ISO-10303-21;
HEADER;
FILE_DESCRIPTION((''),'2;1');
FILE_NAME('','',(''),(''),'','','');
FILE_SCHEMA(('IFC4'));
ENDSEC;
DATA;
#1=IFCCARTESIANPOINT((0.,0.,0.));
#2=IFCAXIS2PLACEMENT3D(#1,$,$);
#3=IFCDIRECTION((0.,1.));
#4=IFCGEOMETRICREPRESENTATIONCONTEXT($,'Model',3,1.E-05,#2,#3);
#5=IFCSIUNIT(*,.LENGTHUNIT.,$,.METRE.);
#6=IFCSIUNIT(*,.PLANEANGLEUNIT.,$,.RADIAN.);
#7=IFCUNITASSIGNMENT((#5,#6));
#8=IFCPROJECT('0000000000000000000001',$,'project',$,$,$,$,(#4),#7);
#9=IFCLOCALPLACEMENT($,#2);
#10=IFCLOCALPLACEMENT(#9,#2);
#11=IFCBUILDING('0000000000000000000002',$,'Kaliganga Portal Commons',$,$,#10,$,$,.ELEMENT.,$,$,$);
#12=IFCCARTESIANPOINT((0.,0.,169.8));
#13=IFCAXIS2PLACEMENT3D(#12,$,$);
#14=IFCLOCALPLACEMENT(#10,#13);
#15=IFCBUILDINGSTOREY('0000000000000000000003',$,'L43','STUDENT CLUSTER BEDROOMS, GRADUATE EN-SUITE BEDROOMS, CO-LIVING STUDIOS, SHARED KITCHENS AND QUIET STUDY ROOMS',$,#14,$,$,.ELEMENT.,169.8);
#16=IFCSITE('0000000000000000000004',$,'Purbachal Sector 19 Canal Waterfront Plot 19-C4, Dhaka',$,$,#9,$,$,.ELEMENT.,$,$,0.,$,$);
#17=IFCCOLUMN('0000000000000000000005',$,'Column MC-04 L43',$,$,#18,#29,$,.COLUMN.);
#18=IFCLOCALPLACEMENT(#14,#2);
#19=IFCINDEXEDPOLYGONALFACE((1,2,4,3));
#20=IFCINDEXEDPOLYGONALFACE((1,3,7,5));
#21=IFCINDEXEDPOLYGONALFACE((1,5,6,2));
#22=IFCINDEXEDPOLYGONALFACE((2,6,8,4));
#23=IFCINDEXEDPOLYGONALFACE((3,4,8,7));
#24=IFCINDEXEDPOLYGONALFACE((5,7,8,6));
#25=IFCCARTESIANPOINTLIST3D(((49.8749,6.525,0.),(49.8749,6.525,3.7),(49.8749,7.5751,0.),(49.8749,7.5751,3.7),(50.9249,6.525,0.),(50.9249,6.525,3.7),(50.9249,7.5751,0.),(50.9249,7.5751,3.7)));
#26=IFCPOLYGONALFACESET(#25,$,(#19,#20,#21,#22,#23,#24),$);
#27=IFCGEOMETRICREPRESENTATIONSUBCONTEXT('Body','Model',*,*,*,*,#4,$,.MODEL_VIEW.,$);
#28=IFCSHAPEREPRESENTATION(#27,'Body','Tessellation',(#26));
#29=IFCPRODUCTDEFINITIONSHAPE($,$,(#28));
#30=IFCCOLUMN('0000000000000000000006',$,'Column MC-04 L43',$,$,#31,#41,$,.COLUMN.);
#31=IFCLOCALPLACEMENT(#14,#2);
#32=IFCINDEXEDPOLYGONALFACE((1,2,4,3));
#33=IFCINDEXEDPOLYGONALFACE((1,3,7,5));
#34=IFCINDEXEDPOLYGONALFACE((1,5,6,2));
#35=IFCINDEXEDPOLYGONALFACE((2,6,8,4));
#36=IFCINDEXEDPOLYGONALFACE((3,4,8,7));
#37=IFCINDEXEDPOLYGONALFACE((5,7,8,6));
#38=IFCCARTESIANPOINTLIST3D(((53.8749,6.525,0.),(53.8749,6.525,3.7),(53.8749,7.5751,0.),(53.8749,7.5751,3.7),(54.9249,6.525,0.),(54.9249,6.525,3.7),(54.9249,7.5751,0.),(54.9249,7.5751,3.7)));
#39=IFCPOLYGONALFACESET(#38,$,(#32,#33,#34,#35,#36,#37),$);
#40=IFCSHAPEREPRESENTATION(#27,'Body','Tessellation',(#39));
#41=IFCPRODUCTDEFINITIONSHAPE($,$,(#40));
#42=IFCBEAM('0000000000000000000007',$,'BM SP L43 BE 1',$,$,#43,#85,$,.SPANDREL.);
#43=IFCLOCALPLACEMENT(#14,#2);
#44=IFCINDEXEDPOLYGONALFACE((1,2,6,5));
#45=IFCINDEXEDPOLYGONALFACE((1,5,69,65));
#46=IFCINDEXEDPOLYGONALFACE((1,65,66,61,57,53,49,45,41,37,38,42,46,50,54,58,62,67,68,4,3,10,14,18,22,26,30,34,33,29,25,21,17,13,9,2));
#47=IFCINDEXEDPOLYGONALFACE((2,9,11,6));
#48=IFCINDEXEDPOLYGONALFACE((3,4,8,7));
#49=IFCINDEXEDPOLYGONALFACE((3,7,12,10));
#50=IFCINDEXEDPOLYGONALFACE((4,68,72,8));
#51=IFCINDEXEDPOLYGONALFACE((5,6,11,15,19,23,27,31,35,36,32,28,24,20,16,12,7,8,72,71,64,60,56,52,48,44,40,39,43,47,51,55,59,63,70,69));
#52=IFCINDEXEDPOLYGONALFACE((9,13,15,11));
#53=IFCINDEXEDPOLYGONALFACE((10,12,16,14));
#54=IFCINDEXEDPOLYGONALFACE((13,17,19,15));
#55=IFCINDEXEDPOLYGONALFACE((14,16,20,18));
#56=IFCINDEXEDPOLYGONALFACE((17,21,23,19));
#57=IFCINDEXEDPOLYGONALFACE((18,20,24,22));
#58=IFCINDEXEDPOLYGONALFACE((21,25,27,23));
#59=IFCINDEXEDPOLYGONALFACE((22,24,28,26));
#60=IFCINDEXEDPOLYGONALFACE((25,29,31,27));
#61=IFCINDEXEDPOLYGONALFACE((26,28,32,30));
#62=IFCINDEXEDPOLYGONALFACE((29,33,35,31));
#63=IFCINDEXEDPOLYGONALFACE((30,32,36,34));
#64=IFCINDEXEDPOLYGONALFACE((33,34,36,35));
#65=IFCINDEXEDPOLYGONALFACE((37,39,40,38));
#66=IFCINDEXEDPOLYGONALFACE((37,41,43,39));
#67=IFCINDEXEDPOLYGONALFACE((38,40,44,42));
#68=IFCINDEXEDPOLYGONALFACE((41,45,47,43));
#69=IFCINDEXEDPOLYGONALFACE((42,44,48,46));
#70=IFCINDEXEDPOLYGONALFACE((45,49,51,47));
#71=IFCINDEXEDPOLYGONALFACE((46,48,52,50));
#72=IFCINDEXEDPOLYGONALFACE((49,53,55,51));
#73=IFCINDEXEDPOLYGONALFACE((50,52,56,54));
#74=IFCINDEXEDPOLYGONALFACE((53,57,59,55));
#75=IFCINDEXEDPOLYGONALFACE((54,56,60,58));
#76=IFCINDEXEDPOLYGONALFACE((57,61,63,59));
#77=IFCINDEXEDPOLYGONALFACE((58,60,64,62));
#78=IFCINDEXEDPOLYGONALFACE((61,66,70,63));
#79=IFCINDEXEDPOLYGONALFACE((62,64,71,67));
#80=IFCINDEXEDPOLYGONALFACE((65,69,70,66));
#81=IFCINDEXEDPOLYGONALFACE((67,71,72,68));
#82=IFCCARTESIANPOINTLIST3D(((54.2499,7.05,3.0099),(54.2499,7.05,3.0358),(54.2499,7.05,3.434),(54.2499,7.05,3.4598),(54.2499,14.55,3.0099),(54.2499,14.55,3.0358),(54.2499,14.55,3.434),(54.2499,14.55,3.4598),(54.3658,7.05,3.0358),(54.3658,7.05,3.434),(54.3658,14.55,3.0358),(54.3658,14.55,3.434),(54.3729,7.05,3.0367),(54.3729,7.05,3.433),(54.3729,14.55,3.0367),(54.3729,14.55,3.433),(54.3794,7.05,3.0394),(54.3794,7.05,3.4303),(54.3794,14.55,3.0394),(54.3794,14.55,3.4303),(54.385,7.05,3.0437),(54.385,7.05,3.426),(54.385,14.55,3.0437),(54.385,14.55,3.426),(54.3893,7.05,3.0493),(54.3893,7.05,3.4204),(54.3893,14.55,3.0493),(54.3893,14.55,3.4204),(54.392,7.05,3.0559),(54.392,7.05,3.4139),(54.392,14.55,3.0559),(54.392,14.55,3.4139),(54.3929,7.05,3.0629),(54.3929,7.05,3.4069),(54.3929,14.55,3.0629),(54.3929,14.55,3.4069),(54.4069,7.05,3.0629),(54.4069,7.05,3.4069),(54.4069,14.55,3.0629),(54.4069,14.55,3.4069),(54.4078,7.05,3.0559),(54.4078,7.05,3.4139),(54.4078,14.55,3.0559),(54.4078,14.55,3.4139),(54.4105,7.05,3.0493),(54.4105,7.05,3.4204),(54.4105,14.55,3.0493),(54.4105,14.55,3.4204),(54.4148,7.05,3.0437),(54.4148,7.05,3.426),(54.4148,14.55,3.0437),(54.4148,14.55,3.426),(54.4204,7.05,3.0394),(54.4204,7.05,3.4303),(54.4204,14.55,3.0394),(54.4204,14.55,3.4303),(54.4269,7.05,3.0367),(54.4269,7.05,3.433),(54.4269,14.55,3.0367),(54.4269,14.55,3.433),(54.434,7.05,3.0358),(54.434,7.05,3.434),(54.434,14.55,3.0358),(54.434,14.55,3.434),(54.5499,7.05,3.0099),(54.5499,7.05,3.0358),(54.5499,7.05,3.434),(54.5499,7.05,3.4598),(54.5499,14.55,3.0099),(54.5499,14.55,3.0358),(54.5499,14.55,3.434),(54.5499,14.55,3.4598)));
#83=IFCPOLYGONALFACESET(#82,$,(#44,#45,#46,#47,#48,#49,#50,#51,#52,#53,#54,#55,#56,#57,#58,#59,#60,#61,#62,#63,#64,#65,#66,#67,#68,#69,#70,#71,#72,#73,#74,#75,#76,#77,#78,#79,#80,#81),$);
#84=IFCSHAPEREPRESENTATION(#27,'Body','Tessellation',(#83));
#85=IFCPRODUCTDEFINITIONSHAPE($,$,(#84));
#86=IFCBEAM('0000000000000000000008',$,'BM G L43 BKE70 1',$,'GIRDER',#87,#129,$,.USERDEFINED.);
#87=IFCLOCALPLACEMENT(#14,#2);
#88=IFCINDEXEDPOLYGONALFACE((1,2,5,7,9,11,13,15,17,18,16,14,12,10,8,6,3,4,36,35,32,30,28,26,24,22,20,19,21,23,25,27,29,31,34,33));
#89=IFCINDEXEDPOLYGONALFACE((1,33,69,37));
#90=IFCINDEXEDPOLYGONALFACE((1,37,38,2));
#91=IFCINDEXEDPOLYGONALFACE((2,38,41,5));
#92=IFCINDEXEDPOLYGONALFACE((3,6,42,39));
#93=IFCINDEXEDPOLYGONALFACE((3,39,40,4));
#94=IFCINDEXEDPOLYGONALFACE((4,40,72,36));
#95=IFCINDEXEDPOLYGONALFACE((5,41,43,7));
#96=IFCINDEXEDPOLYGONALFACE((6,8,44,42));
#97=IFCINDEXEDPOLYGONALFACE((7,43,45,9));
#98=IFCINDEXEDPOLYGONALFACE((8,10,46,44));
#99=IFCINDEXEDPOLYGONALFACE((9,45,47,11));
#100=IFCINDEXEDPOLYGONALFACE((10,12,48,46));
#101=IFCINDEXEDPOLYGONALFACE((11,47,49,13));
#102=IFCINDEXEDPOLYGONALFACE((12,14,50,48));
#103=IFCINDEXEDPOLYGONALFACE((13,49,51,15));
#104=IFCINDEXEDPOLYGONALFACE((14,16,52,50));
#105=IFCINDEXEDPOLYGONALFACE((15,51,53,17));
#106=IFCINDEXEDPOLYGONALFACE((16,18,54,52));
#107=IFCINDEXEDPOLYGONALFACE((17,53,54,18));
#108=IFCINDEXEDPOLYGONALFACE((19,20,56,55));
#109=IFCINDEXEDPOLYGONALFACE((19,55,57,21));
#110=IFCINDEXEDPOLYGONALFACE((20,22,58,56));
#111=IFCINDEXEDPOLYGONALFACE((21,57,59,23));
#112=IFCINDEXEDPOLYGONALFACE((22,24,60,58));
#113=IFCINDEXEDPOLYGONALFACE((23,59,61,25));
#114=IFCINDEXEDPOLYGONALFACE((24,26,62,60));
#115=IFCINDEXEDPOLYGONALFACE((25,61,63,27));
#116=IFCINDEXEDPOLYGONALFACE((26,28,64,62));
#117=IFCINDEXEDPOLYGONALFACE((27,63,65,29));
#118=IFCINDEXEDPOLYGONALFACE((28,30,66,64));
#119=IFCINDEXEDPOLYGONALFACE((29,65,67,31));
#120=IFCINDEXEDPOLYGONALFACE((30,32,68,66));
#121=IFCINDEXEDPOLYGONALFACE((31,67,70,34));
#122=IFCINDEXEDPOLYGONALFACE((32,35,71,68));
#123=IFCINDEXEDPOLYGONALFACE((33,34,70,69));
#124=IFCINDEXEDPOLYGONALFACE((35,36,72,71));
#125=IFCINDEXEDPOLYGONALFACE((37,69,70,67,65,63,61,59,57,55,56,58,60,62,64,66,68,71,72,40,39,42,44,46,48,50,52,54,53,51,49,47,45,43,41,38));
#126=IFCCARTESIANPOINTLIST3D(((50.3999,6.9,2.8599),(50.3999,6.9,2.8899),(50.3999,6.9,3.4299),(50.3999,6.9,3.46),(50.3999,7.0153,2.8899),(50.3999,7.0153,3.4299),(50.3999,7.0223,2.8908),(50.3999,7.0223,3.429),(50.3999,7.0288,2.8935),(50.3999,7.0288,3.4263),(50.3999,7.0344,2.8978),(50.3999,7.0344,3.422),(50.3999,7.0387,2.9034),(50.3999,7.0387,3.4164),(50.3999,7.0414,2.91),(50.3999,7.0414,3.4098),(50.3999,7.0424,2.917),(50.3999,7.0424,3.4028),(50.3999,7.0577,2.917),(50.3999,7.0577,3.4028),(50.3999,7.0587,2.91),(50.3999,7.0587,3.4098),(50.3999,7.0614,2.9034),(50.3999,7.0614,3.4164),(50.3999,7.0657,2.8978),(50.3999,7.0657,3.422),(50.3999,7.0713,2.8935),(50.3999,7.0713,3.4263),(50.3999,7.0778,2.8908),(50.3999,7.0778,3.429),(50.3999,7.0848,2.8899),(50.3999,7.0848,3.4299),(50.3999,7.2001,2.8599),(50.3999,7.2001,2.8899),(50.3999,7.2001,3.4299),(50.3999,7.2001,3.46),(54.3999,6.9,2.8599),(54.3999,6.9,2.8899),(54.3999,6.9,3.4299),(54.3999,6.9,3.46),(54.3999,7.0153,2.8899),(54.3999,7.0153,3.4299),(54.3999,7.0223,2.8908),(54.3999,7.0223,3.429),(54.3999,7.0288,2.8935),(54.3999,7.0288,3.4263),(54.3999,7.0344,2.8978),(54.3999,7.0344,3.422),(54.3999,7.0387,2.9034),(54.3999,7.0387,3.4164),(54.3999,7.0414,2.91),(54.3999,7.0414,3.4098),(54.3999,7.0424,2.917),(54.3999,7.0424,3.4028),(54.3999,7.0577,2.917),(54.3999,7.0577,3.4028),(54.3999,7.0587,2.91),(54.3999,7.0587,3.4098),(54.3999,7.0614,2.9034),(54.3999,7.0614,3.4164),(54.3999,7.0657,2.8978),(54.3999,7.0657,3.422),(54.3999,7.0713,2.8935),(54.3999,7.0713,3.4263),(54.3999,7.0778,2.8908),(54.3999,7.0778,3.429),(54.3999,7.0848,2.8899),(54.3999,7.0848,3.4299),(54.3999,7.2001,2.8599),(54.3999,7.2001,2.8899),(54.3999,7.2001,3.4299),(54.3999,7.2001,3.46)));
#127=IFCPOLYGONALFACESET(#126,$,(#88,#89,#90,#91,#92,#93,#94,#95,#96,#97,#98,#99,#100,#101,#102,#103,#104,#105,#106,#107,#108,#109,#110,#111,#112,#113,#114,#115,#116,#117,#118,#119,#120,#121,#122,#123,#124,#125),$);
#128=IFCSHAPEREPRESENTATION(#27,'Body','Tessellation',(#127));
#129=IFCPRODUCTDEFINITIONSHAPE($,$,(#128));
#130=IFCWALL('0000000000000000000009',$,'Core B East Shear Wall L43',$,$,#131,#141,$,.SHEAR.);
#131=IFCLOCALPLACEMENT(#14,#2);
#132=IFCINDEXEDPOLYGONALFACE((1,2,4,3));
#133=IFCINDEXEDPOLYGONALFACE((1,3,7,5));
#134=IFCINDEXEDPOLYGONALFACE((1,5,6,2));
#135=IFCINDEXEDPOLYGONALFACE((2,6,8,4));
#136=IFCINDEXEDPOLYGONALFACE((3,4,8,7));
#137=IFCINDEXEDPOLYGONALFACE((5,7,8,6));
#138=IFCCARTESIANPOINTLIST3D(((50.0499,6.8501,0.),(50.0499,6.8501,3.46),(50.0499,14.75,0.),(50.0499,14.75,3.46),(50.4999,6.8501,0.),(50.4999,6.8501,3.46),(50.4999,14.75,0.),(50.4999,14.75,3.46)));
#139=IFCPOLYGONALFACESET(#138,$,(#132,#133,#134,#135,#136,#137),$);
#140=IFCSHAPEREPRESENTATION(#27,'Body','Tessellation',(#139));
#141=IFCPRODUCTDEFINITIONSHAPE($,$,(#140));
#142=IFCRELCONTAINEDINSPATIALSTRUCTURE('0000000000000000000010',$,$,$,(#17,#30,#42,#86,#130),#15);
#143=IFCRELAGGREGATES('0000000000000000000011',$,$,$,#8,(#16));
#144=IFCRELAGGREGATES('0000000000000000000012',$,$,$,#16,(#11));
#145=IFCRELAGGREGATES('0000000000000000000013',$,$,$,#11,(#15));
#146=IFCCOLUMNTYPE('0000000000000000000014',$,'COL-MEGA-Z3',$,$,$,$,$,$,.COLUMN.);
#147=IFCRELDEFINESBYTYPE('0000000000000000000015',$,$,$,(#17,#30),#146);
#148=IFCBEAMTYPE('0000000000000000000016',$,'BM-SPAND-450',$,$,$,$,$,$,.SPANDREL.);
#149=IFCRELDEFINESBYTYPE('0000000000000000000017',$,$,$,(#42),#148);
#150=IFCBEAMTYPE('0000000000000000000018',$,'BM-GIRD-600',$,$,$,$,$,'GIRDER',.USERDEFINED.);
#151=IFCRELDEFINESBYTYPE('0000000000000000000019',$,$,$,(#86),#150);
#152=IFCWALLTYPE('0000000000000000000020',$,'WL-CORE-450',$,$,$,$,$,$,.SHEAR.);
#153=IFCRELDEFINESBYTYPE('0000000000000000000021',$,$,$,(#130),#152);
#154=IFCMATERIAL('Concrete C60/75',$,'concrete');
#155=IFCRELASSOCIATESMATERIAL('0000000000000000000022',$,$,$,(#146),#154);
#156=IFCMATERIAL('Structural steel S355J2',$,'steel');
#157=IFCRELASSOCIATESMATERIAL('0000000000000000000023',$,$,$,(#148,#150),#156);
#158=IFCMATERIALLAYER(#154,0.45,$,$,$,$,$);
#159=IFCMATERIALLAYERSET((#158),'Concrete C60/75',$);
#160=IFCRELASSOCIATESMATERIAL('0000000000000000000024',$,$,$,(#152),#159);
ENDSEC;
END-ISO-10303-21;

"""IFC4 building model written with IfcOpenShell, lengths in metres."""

from ifc_helpers import new_model, si_unit, direction, frame, frame_2d, origin, origin_2d, place, context, subcontext, project, spatial, rectangle, i_section, extrude, source, transform, mapped, material, layer, layer_set, material_profile, profile_set, type_object, element, save


model = new_model("IFC4")

# Units and contexts
model_context = context("Model", 3, precision=1e-05, world=origin(), true_north=direction((0.0, 1.0)))
body_context = subcontext(model_context, "Body", "Model", "MODEL_VIEW")
ifc_project = project(units=[si_unit("LENGTHUNIT", "METRE"), si_unit("PLANEANGLEUNIT", "RADIAN")], contexts=[model_context])

# Site, building, storey
site_placement = place(None, origin())
site = spatial("IfcSite", under=ifc_project, at=site_placement, Name="Purbachal Sector 19 Canal Waterfront Plot 19-C4, Dhaka", CompositionType="ELEMENT", RefElevation=0.0)
building_placement = place(site_placement, origin())
building = spatial("IfcBuilding", under=site, at=building_placement, Name="Kaliganga Portal Commons", CompositionType="ELEMENT")
storey_placement = place(building_placement, frame((0.0, 0.0, 169.8)))
storey = spatial("IfcBuildingStorey", under=building, at=storey_placement, Name="L43", Description="STUDENT CLUSTER BEDROOMS, GRADUATE EN-SUITE BEDROOMS, CO-LIVING STUDIOS, SHARED KITCHENS AND QUIET STUDY ROOMS", CompositionType="ELEMENT", Elevation=169.8)

# Columns
ifc_material_1 = material(Name="Concrete C60/75", Category="concrete")
ifc_material_profile_1 = material_profile(ifc_material_1, rectangle(XDim=1.05, YDim=1.05, at=origin_2d()), Name="RC 1050x1050")
ifc_profile_set_1 = profile_set([ifc_material_profile_1], Name="Concrete C60/75")
column_type = type_object("IfcColumnType", Name="COL-MEGA-Z3", PredefinedType="COLUMN", material=ifc_profile_set_1)
shared_shape_1 = source(origin(), body_context, "Body", "SweptSolid", [
    extrude(rectangle(XDim=1.05, YDim=1.05, at=origin_2d()), origin(), (0.0, 0.0, 1.0), 3.7),
])
for number, where, z_axis, x_axis, name in (
    (1, (50.3999, 7.05, 0.0), (0.0, 0.0, 1.0), (1.0, 0.0, 0.0), "Column MC-04 L43"),
    (2, (54.3999, 7.05, 0.0), (0.0, 0.0, 1.0), (1.0, 0.0, 0.0), "Column MC-04 L43"),
):
    element("IfcColumn", number, at=place(storey_placement, frame(where, z_axis=z_axis, x_axis=x_axis)), inside=storey, type_object=column_type, Name=name, PredefinedType="COLUMN", context=body_context, shape_type="MappedRepresentation", body=[
        mapped(shared_shape_1, transform((0.0, 0.0, 0.0), x_axis=(1.0, 0.0, 0.0), y_axis=(0.0, 1.0, 0.0), z_axis=(0.0, 0.0, 1.0), scale=1.0)),
    ])

# Beams
ifc_material_2 = material(Name="Structural steel S355J2", Category="steel")
ifc_material_profile_2 = material_profile(ifc_material_2, i_section(OverallWidth=0.3, OverallDepth=0.45, WebThickness=0.0139, FlangeThickness=0.0259, FilletRadius=0.0271, at=origin_2d()), Name="HE 450 B")
ifc_profile_set_2 = profile_set([ifc_material_profile_2], Name="Structural steel S355J2 wide-flange")
beam_type_1 = type_object("IfcBeamType", Name="BM-SPAND-450", PredefinedType="SPANDREL", material=ifc_profile_set_2)
shared_shape_2 = source(origin(), body_context, "Body", "SweptSolid", [
    extrude(i_section(OverallWidth=0.3, OverallDepth=0.45, WebThickness=0.0139, FlangeThickness=0.0259, FilletRadius=0.0271, at=origin_2d()), origin(), (0.0, 0.0, 1.0), 7.5),
])
beam_1_placement = place(storey_placement, frame((54.3999, 7.05, 3.2349), z_axis=(0.0, 1.0, 0.0), x_axis=(-1.0, 0.0, 0.0)))
element("IfcBeam", 3, at=beam_1_placement, inside=storey, type_object=beam_type_1, Name="BM SP L43 BE 1", PredefinedType="SPANDREL", context=body_context, shape_type="MappedRepresentation", body=[
    mapped(shared_shape_2, transform((0.0, 0.0, 0.0), x_axis=(1.0, 0.0, 0.0), y_axis=(0.0, 1.0, 0.0), z_axis=(0.0, 0.0, 1.0), scale=1.0)),
])
ifc_material_profile_3 = material_profile(ifc_material_2, i_section(OverallWidth=0.3, OverallDepth=0.6001, WebThickness=0.0154, FlangeThickness=0.03, FilletRadius=0.0271, at=origin_2d()), Name="HE 600 B")
ifc_profile_set_3 = profile_set([ifc_material_profile_3], Name="Structural steel S355J2 wide-flange")
beam_type_2 = type_object("IfcBeamType", Name="BM-GIRD-600", ElementType="GIRDER", PredefinedType="USERDEFINED", material=ifc_profile_set_3)
shared_shape_3 = source(origin(), body_context, "Body", "SweptSolid", [
    extrude(i_section(OverallWidth=0.3, OverallDepth=0.6001, WebThickness=0.0154, FlangeThickness=0.03, FilletRadius=0.0271, at=origin_2d()), origin(), (0.0, 0.0, 1.0), 4.0),
])
beam_2_placement = place(storey_placement, frame((50.3999, 7.05, 3.1599), z_axis=(1.0, 0.0, 0.0), x_axis=(0.0, 1.0, 0.0)))
element("IfcBeam", 4, at=beam_2_placement, inside=storey, type_object=beam_type_2, Name="BM G L43 BKE70 1", ObjectType="GIRDER", PredefinedType="USERDEFINED", context=body_context, shape_type="MappedRepresentation", body=[
    mapped(shared_shape_3, transform((0.0, 0.0, 0.0), x_axis=(1.0, 0.0, 0.0), y_axis=(0.0, 1.0, 0.0), z_axis=(0.0, 0.0, 1.0), scale=1.0)),
])

# Wall
ifc_layer_1 = layer(ifc_material_1, 0.45)
ifc_layer_set_1 = layer_set([ifc_layer_1], Name="Concrete C60/75")
wall_type_1 = type_object("IfcWallType", Name="WL-CORE-450", PredefinedType="SHEAR", material=ifc_layer_set_1)
wall_1_placement = place(storey_placement, frame((50.2749, 6.8501, 0.0), z_axis=(0.0, 0.0, 1.0), x_axis=(0.0, 1.0, 0.0)))
element("IfcWall", 5, at=wall_1_placement, inside=storey, type_object=wall_type_1, Name="Core B East Shear Wall L43", PredefinedType="SHEAR", context=body_context, shape_type="SweptSolid", body=[
    extrude(rectangle(XDim=7.8999, YDim=0.45, at=frame_2d((3.95, 0.0))), origin(), (0.0, 0.0, 1.0), 3.46),
])

save(model, "model.ifc")
